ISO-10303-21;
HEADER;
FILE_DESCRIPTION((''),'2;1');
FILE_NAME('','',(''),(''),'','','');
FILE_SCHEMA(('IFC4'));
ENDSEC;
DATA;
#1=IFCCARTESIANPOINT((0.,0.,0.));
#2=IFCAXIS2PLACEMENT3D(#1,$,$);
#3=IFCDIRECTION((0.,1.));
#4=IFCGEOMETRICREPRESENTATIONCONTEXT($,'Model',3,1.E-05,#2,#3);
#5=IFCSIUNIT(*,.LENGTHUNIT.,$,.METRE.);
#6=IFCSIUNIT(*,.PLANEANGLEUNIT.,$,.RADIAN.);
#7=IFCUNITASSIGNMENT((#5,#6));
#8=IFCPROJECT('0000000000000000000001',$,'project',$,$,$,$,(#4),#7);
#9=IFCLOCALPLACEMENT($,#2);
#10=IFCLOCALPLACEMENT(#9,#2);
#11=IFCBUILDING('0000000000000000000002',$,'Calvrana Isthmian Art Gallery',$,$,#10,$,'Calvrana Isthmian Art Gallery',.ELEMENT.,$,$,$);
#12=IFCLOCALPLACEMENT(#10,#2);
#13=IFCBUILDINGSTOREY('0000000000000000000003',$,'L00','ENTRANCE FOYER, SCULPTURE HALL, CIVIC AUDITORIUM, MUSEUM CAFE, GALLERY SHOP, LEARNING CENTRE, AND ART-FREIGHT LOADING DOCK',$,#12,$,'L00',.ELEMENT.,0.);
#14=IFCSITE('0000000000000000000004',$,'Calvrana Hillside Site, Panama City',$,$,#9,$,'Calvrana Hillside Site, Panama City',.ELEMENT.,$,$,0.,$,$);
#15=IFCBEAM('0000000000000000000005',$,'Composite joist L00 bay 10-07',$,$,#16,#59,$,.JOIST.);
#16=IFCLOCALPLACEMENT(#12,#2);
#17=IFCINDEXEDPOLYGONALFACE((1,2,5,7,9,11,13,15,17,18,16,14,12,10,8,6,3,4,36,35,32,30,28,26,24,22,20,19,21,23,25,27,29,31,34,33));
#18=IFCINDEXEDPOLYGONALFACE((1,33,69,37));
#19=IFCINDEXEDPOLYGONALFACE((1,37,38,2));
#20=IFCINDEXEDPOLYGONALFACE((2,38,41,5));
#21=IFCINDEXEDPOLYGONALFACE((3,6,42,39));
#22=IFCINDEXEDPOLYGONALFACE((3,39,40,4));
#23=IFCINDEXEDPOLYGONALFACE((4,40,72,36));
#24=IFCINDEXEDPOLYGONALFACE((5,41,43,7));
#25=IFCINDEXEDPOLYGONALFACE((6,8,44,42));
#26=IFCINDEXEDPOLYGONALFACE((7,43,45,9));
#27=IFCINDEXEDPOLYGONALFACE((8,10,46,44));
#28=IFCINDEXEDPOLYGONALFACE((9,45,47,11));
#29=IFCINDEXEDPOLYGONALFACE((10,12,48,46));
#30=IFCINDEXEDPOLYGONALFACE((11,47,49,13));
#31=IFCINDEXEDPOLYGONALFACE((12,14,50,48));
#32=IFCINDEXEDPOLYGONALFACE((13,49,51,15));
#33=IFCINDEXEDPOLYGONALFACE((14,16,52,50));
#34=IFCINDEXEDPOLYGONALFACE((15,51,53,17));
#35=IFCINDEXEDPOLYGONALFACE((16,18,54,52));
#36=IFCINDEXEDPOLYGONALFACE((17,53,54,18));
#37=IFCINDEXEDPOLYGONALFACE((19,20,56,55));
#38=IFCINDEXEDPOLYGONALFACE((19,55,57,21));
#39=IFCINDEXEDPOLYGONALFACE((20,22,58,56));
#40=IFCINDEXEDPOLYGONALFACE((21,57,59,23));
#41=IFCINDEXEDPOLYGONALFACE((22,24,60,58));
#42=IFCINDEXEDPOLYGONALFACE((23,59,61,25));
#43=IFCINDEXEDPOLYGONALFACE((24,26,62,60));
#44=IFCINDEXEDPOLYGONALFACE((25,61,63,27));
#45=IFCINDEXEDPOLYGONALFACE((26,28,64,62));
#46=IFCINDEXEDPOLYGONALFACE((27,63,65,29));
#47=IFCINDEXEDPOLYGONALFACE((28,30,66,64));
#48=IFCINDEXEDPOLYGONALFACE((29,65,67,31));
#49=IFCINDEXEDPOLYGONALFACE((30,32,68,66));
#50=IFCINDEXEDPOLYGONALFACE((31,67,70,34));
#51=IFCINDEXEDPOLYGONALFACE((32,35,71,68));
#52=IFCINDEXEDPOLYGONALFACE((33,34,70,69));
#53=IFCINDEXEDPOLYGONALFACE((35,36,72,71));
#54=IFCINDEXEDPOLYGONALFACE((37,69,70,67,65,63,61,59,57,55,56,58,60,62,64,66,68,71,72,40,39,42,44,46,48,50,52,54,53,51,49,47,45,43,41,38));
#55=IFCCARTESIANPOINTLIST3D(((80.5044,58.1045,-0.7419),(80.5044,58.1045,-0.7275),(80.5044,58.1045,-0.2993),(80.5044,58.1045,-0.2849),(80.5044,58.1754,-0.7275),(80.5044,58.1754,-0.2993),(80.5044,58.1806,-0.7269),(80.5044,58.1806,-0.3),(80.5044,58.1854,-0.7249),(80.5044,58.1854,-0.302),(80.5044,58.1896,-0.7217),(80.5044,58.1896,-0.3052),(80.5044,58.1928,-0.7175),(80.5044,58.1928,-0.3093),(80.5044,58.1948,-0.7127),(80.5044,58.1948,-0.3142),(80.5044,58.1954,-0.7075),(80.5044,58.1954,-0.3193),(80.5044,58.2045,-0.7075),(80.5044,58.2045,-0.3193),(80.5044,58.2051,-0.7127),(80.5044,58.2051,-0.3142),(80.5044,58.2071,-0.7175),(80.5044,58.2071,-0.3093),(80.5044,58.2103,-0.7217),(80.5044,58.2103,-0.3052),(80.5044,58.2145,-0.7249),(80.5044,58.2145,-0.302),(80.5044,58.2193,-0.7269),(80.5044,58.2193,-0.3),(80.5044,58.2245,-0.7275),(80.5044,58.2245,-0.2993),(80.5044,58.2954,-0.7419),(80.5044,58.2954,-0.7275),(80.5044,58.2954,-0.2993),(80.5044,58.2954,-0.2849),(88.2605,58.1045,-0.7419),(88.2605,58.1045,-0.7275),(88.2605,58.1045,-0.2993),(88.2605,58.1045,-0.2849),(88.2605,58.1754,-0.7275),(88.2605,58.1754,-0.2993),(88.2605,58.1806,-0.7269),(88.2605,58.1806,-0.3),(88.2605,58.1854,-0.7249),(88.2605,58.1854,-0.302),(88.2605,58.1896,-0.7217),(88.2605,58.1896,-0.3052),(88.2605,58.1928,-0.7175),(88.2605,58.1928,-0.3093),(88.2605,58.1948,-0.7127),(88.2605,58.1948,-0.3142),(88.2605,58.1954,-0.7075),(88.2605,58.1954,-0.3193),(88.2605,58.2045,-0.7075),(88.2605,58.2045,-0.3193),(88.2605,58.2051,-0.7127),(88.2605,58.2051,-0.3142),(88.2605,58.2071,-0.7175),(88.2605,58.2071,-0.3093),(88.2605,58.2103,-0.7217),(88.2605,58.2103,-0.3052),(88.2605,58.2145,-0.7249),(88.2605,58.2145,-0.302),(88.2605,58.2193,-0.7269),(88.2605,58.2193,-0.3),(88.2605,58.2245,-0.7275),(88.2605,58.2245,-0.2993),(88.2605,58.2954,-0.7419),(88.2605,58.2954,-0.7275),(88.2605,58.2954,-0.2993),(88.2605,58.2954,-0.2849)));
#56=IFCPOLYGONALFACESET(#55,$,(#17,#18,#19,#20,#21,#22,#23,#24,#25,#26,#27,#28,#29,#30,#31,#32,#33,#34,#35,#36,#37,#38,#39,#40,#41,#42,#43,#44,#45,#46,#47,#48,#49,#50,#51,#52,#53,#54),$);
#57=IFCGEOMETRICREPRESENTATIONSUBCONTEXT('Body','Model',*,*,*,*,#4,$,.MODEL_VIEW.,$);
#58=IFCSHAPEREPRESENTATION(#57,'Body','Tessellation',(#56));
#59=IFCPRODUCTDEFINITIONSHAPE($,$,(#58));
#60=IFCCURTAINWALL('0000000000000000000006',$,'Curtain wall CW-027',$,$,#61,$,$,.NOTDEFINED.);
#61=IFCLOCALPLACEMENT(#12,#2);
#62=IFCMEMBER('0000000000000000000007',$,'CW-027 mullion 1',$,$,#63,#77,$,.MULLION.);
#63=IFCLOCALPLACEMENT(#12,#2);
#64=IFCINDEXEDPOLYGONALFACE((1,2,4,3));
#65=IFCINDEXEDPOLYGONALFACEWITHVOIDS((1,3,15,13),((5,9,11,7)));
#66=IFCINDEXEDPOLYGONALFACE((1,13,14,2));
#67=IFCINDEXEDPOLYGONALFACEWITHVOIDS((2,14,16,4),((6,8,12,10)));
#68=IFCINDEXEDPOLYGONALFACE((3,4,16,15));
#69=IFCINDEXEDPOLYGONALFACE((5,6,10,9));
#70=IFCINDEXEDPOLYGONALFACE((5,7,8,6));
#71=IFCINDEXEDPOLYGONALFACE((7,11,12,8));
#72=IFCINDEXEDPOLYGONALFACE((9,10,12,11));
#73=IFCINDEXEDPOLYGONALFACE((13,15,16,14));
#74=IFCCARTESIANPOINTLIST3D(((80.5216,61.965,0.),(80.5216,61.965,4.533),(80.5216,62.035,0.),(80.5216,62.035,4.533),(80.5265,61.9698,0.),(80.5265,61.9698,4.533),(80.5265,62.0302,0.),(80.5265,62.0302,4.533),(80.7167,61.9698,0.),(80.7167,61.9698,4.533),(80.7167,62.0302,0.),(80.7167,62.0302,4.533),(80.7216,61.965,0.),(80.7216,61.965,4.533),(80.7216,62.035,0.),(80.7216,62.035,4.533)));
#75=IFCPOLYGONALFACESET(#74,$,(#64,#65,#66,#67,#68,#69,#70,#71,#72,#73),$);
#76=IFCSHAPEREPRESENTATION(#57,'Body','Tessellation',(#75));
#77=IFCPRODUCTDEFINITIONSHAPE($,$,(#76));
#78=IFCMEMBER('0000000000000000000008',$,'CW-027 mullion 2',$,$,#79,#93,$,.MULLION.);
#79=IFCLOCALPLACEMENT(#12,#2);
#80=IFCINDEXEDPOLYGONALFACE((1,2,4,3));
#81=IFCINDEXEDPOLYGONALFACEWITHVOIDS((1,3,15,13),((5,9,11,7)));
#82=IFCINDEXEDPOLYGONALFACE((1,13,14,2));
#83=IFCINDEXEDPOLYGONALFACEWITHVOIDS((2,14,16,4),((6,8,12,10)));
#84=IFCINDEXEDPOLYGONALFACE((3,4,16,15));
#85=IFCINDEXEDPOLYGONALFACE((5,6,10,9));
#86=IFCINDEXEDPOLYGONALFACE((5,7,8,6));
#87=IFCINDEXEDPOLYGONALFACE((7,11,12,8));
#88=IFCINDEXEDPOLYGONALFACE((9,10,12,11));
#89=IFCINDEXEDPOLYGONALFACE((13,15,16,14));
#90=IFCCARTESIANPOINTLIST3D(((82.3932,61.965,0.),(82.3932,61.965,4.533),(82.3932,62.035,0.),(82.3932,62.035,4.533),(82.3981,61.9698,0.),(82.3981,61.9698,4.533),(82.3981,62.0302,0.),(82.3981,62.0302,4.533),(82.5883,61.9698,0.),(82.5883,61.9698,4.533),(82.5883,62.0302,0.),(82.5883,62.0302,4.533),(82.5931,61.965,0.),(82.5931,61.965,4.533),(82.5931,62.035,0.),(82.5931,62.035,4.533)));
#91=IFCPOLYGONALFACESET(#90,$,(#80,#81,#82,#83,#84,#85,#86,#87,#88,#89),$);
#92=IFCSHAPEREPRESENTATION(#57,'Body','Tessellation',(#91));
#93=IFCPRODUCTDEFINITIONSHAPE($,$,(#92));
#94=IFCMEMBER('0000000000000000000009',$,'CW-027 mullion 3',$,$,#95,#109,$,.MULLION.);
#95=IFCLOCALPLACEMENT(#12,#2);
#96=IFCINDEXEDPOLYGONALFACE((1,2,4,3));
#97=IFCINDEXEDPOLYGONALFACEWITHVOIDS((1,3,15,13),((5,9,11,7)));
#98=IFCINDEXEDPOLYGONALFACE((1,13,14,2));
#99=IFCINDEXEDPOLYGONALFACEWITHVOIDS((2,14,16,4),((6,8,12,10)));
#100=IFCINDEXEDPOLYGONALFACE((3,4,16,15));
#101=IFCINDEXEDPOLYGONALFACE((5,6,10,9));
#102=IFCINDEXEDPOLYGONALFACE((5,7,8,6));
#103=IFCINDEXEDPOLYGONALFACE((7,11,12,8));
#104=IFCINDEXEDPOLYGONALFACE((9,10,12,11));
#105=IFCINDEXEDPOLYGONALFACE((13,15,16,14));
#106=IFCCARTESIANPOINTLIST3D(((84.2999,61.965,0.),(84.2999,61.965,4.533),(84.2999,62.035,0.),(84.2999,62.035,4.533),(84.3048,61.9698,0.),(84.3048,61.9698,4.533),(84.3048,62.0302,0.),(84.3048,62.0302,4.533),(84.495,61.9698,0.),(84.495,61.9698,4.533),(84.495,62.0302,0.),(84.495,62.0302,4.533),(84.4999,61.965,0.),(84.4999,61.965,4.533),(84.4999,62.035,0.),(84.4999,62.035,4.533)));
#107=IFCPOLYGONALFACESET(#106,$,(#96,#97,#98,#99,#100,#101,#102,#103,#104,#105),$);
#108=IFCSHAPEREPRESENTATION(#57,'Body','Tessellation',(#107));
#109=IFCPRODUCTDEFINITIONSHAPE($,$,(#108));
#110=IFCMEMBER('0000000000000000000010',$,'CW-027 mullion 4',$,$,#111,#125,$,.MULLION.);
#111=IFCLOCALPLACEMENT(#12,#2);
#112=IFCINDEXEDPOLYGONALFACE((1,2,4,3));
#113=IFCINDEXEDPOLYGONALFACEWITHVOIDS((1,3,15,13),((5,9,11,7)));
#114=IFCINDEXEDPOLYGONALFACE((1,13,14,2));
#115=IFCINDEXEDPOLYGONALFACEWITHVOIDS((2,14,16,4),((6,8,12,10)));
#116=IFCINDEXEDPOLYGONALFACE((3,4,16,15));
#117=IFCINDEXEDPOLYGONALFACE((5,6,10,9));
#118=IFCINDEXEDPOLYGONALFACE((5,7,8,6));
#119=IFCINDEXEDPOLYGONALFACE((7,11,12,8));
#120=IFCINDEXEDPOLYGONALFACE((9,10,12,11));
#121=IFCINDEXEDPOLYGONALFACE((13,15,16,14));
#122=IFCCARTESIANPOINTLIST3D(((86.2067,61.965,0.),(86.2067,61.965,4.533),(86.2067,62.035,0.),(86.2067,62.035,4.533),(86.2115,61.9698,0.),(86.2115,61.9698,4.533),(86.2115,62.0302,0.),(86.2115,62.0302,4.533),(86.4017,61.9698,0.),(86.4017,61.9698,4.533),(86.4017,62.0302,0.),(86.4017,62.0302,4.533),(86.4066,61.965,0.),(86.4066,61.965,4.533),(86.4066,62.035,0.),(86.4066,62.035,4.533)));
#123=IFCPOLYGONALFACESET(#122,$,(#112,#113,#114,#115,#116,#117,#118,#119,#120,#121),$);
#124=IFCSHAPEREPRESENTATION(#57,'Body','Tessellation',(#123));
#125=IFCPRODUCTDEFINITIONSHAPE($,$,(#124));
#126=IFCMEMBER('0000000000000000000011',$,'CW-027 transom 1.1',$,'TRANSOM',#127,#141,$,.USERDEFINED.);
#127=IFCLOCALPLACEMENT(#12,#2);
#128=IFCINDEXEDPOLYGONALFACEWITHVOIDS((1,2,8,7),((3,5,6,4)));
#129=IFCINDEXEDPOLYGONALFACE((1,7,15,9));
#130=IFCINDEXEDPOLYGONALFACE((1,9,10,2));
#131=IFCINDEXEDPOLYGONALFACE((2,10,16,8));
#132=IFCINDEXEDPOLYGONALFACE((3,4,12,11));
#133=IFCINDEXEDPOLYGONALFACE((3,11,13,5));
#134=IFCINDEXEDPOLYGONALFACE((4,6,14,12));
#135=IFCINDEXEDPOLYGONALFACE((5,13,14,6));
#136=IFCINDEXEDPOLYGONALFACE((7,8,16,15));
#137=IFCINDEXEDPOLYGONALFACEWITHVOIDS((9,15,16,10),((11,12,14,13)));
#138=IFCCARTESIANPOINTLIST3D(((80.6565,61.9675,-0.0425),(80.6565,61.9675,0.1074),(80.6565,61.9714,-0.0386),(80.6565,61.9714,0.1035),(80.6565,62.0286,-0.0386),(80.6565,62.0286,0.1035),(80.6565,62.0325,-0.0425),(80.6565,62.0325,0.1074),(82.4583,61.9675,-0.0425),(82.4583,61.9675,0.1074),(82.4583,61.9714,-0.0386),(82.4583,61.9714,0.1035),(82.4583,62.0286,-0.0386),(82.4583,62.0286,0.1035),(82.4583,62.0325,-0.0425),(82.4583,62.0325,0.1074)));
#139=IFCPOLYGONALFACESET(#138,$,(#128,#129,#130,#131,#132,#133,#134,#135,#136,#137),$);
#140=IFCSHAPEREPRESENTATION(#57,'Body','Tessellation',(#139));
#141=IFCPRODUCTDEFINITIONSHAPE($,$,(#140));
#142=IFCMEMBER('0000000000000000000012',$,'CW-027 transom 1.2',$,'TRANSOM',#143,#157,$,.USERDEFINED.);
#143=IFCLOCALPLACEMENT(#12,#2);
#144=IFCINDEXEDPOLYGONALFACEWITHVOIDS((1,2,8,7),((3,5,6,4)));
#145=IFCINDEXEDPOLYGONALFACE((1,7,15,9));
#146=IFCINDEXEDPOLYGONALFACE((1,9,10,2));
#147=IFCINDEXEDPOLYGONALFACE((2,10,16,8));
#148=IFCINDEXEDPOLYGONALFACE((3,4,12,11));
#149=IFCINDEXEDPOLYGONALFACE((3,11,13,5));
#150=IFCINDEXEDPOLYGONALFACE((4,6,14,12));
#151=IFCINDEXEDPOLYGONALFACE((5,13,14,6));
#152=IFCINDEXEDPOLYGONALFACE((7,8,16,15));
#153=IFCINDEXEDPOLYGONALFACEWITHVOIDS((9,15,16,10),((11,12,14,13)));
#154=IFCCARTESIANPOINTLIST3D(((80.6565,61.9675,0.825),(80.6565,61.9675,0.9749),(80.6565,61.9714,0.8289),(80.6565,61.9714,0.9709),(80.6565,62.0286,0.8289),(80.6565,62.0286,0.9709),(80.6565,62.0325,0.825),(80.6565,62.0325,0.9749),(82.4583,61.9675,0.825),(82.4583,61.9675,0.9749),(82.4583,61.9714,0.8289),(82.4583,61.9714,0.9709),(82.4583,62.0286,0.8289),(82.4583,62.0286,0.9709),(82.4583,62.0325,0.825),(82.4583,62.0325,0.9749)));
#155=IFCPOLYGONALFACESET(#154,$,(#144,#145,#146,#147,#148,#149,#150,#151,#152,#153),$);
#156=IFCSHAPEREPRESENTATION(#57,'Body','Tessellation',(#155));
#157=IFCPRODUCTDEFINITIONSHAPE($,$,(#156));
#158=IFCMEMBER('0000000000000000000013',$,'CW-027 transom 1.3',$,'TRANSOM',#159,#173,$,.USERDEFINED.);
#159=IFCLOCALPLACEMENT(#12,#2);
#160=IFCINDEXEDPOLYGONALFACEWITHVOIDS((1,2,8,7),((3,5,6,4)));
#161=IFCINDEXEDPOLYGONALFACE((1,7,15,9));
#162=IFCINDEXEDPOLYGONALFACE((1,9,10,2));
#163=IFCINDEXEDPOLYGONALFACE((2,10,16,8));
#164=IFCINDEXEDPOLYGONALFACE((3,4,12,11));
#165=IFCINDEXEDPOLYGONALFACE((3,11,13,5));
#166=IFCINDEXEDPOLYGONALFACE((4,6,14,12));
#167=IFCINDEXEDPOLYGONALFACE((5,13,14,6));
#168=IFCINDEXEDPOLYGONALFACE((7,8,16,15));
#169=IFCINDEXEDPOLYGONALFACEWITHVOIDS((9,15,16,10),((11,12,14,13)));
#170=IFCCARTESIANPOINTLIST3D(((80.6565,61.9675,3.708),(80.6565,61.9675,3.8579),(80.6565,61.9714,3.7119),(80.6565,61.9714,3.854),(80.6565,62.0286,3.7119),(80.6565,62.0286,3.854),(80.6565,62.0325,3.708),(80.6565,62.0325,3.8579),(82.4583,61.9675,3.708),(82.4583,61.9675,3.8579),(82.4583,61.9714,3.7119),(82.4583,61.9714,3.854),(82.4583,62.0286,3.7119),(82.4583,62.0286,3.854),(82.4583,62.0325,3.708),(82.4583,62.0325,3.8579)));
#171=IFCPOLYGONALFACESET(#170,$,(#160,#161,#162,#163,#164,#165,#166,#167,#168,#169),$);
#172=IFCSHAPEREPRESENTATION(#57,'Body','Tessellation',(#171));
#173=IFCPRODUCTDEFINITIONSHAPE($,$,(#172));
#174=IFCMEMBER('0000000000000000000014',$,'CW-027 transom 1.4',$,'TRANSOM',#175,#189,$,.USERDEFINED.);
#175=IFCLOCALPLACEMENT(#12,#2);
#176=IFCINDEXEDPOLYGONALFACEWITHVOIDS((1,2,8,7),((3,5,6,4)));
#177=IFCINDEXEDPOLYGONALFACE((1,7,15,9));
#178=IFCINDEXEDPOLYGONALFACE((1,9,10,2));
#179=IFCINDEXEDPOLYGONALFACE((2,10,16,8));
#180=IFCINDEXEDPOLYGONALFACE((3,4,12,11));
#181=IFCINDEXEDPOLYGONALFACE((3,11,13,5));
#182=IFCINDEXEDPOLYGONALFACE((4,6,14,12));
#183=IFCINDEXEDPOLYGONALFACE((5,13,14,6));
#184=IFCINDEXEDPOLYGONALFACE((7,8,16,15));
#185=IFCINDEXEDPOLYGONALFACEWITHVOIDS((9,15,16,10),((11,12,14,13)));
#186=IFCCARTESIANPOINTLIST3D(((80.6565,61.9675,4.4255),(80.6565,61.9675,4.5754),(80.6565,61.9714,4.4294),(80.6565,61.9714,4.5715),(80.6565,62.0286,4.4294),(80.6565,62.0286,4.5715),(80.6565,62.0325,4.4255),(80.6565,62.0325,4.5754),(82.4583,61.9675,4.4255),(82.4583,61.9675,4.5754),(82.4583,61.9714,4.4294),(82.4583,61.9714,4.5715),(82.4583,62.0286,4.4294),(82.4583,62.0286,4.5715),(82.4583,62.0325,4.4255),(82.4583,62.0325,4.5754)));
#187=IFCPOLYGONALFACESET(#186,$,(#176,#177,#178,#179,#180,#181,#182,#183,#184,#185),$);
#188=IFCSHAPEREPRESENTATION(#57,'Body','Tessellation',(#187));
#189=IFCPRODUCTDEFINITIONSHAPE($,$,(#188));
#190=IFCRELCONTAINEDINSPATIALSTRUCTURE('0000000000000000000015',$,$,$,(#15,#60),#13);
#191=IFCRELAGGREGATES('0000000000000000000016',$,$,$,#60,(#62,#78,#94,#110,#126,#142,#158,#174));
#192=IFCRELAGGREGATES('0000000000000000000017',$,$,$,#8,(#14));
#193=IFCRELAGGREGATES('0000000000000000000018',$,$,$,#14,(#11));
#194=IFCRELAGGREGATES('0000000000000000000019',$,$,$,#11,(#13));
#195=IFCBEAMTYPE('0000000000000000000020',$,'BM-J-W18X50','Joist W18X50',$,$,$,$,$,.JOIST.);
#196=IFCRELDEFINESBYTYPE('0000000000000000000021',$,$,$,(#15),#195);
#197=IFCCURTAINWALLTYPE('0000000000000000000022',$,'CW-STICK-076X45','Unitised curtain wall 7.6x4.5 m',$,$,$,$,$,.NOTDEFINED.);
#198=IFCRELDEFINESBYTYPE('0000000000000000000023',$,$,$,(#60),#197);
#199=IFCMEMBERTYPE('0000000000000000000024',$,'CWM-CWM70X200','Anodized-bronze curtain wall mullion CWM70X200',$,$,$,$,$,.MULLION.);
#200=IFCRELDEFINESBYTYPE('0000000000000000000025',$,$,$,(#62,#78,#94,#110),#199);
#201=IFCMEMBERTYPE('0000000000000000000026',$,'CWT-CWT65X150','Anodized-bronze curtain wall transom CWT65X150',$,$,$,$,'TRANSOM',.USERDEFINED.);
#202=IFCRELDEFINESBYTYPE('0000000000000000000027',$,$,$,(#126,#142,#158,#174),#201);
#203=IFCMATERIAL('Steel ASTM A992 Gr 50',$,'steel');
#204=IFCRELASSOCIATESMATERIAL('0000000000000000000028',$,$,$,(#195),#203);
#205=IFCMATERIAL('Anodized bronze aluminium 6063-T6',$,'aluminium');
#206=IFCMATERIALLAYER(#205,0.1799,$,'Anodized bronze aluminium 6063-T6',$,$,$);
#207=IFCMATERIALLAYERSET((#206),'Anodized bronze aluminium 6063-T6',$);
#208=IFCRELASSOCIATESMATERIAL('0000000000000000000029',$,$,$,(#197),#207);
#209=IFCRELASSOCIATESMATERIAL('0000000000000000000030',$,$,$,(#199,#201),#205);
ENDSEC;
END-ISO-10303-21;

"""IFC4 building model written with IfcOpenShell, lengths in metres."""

from ifc_helpers import new_model, si_unit, direction, frame, origin, origin_2d, place, context, subcontext, project, spatial, hollow_rectangle, i_section, extrude, material, layer, layer_set, material_profile, profile_set, type_object, element, aggregate, save


model = new_model("IFC4")

# Units and contexts
model_context = context("Model", 3, precision=1e-05, world=origin(), true_north=direction((0.0, 1.0)))
body_context = subcontext(model_context, "Body", "Model", "MODEL_VIEW")
ifc_project = project(units=[si_unit("LENGTHUNIT", "METRE"), si_unit("PLANEANGLEUNIT", "RADIAN")], contexts=[model_context])

# Site, building, storey
site_placement = place(None, origin())
site = spatial("IfcSite", under=ifc_project, at=site_placement, Name="Calvrana Hillside Site, Panama City", LongName="Calvrana Hillside Site, Panama City", CompositionType="ELEMENT", RefElevation=0.0)
building_placement = place(site_placement, origin())
building = spatial("IfcBuilding", under=site, at=building_placement, Name="Calvrana Isthmian Art Gallery", LongName="Calvrana Isthmian Art Gallery", CompositionType="ELEMENT")
storey_placement = place(building_placement, origin())
storey = spatial("IfcBuildingStorey", under=building, at=storey_placement, Name="L00", Description="ENTRANCE FOYER, SCULPTURE HALL, CIVIC AUDITORIUM, MUSEUM CAFE, GALLERY SHOP, LEARNING CENTRE, AND ART-FREIGHT LOADING DOCK", LongName="L00", CompositionType="ELEMENT", Elevation=0.0)

# Beam
ifc_material_1 = material(Name="Steel ASTM A992 Gr 50", Category="steel")
ifc_material_profile_1 = material_profile(ifc_material_1, i_section(OverallWidth=0.1909, OverallDepth=0.457, WebThickness=0.009, FlangeThickness=0.0144, FilletRadius=0.02, at=origin_2d()), Name="W18X50")
ifc_profile_set_1 = profile_set([ifc_material_profile_1], Name="Steel ASTM A992 Gr 50")
beam_type_1 = type_object("IfcBeamType", Name="BM-J-W18X50", Description="Joist W18X50", PredefinedType="JOIST", material=ifc_profile_set_1)
beam_1_placement = place(storey_placement, frame((80.5044, 58.2, -0.5134), z_axis=(1.0, 0.0, 0.0), x_axis=(0.0, 1.0, 0.0)))
element("IfcBeam", 1, at=beam_1_placement, inside=storey, type_object=beam_type_1, Name="Composite joist L00 bay 10-07", PredefinedType="JOIST", context=body_context, shape_type="SweptSolid", body=[
    extrude(i_section(OverallWidth=0.1909, OverallDepth=0.457, WebThickness=0.009, FlangeThickness=0.0144, FilletRadius=0.02, at=origin_2d()), origin(), (0.0, 0.0, 1.0), 7.7561),
])

# Curtain wall, members
ifc_material_2 = material(Name="Anodized bronze aluminium 6063-T6", Category="aluminium")
ifc_layer_1 = layer(ifc_material_2, 0.1799, Name="Anodized bronze aluminium 6063-T6")
ifc_layer_set_1 = layer_set([ifc_layer_1], Name="Anodized bronze aluminium 6063-T6")
curtain_wall_type = type_object("IfcCurtainWallType", Name="CW-STICK-076X45", Description="Unitised curtain wall 7.6x4.5 m", PredefinedType="NOTDEFINED", material=ifc_layer_set_1)
curtain_wall_placement = place(storey_placement, origin())
curtain_wall = element("IfcCurtainWall", 2, at=curtain_wall_placement, inside=storey, type_object=curtain_wall_type, Name="Curtain wall CW-027", PredefinedType="NOTDEFINED")
ifc_material_profile_2 = material_profile(ifc_material_2, hollow_rectangle(XDim=0.0701, YDim=0.2, WallThickness=0.0049, at=origin_2d()), Name="CWM70X200")
ifc_profile_set_2 = profile_set([ifc_material_profile_2], Name="Anodized bronze aluminium 6063-T6")
member_type_1 = type_object("IfcMemberType", Name="CWM-CWM70X200", Description="Anodized-bronze curtain wall mullion CWM70X200", PredefinedType="MULLION", material=ifc_profile_set_2)
member_1_placement = place(storey_placement, frame((80.6216, 62.0, 0.0), z_axis=(0.0, 0.0, 1.0), x_axis=(0.0, 1.0, 0.0)))
member_1 = element("IfcMember", 3, at=member_1_placement, type_object=member_type_1, Name="CW-027 mullion 1", PredefinedType="MULLION", context=body_context, shape_type="SweptSolid", body=[
    extrude(hollow_rectangle(XDim=0.0701, YDim=0.2, WallThickness=0.0049, at=origin_2d()), origin(), (0.0, 0.0, 1.0), 4.533),
])
member_2_placement = place(storey_placement, frame((82.4932, 62.0, 0.0), z_axis=(0.0, 0.0, 1.0), x_axis=(0.0, 1.0, 0.0)))
member_2 = element("IfcMember", 4, at=member_2_placement, type_object=member_type_1, Name="CW-027 mullion 2", PredefinedType="MULLION", context=body_context, shape_type="SweptSolid", body=[
    extrude(hollow_rectangle(XDim=0.0701, YDim=0.2, WallThickness=0.0049, at=origin_2d()), origin(), (0.0, 0.0, 1.0), 4.533),
])
member_3_placement = place(storey_placement, frame((84.3999, 62.0, 0.0), z_axis=(0.0, 0.0, 1.0), x_axis=(0.0, 1.0, 0.0)))
member_3 = element("IfcMember", 5, at=member_3_placement, type_object=member_type_1, Name="CW-027 mullion 3", PredefinedType="MULLION", context=body_context, shape_type="SweptSolid", body=[
    extrude(hollow_rectangle(XDim=0.0701, YDim=0.2, WallThickness=0.0049, at=origin_2d()), origin(), (0.0, 0.0, 1.0), 4.533),
])
member_4_placement = place(storey_placement, frame((86.3066, 62.0, 0.0), z_axis=(0.0, 0.0, 1.0), x_axis=(0.0, 1.0, 0.0)))
member_4 = element("IfcMember", 6, at=member_4_placement, type_object=member_type_1, Name="CW-027 mullion 4", PredefinedType="MULLION", context=body_context, shape_type="SweptSolid", body=[
    extrude(hollow_rectangle(XDim=0.0701, YDim=0.2, WallThickness=0.0049, at=origin_2d()), origin(), (0.0, 0.0, 1.0), 4.533),
])
ifc_material_profile_3 = material_profile(ifc_material_2, hollow_rectangle(XDim=0.0649, YDim=0.1499, WallThickness=0.0039, at=origin_2d()), Name="CWT65X150")
ifc_profile_set_3 = profile_set([ifc_material_profile_3], Name="Anodized bronze aluminium 6063-T6")
member_type_2 = type_object("IfcMemberType", Name="CWT-CWT65X150", Description="Anodized-bronze curtain wall transom CWT65X150", ElementType="TRANSOM", PredefinedType="USERDEFINED", material=ifc_profile_set_3)
member_5_placement = place(storey_placement, frame((80.6565, 62.0, 0.0325), z_axis=(1.0, 0.0, 0.0), x_axis=(0.0, 1.0, 0.0)))
member_5 = element("IfcMember", 7, at=member_5_placement, type_object=member_type_2, Name="CW-027 transom 1.1", ObjectType="TRANSOM", PredefinedType="USERDEFINED", context=body_context, shape_type="SweptSolid", body=[
    extrude(hollow_rectangle(XDim=0.0649, YDim=0.1499, WallThickness=0.0039, at=origin_2d()), origin(), (0.0, 0.0, 1.0), 1.8018),
])
member_6_placement = place(storey_placement, frame((80.6565, 62.0, 0.8999), z_axis=(1.0, 0.0, 0.0), x_axis=(0.0, 1.0, 0.0)))
member_6 = element("IfcMember", 8, at=member_6_placement, type_object=member_type_2, Name="CW-027 transom 1.2", ObjectType="TRANSOM", PredefinedType="USERDEFINED", context=body_context, shape_type="SweptSolid", body=[
    extrude(hollow_rectangle(XDim=0.0649, YDim=0.1499, WallThickness=0.0039, at=origin_2d()), origin(), (0.0, 0.0, 1.0), 1.8018),
])
member_7_placement = place(storey_placement, frame((80.6565, 62.0, 3.783), z_axis=(1.0, 0.0, 0.0), x_axis=(0.0, 1.0, 0.0)))
member_7 = element("IfcMember", 9, at=member_7_placement, type_object=member_type_2, Name="CW-027 transom 1.3", ObjectType="TRANSOM", PredefinedType="USERDEFINED", context=body_context, shape_type="SweptSolid", body=[
    extrude(hollow_rectangle(XDim=0.0649, YDim=0.1499, WallThickness=0.0039, at=origin_2d()), origin(), (0.0, 0.0, 1.0), 1.8018),
])
member_8_placement = place(storey_placement, frame((80.6565, 62.0, 4.5005), z_axis=(1.0, 0.0, 0.0), x_axis=(0.0, 1.0, 0.0)))
member_8 = element("IfcMember", 10, at=member_8_placement, type_object=member_type_2, Name="CW-027 transom 1.4", ObjectType="TRANSOM", PredefinedType="USERDEFINED", context=body_context, shape_type="SweptSolid", body=[
    extrude(hollow_rectangle(XDim=0.0649, YDim=0.1499, WallThickness=0.0039, at=origin_2d()), origin(), (0.0, 0.0, 1.0), 1.8018),
])
aggregate(curtain_wall, [member_1, member_2, member_3, member_4, member_5, member_6, member_7, member_8])

save(model, "model.ifc")
